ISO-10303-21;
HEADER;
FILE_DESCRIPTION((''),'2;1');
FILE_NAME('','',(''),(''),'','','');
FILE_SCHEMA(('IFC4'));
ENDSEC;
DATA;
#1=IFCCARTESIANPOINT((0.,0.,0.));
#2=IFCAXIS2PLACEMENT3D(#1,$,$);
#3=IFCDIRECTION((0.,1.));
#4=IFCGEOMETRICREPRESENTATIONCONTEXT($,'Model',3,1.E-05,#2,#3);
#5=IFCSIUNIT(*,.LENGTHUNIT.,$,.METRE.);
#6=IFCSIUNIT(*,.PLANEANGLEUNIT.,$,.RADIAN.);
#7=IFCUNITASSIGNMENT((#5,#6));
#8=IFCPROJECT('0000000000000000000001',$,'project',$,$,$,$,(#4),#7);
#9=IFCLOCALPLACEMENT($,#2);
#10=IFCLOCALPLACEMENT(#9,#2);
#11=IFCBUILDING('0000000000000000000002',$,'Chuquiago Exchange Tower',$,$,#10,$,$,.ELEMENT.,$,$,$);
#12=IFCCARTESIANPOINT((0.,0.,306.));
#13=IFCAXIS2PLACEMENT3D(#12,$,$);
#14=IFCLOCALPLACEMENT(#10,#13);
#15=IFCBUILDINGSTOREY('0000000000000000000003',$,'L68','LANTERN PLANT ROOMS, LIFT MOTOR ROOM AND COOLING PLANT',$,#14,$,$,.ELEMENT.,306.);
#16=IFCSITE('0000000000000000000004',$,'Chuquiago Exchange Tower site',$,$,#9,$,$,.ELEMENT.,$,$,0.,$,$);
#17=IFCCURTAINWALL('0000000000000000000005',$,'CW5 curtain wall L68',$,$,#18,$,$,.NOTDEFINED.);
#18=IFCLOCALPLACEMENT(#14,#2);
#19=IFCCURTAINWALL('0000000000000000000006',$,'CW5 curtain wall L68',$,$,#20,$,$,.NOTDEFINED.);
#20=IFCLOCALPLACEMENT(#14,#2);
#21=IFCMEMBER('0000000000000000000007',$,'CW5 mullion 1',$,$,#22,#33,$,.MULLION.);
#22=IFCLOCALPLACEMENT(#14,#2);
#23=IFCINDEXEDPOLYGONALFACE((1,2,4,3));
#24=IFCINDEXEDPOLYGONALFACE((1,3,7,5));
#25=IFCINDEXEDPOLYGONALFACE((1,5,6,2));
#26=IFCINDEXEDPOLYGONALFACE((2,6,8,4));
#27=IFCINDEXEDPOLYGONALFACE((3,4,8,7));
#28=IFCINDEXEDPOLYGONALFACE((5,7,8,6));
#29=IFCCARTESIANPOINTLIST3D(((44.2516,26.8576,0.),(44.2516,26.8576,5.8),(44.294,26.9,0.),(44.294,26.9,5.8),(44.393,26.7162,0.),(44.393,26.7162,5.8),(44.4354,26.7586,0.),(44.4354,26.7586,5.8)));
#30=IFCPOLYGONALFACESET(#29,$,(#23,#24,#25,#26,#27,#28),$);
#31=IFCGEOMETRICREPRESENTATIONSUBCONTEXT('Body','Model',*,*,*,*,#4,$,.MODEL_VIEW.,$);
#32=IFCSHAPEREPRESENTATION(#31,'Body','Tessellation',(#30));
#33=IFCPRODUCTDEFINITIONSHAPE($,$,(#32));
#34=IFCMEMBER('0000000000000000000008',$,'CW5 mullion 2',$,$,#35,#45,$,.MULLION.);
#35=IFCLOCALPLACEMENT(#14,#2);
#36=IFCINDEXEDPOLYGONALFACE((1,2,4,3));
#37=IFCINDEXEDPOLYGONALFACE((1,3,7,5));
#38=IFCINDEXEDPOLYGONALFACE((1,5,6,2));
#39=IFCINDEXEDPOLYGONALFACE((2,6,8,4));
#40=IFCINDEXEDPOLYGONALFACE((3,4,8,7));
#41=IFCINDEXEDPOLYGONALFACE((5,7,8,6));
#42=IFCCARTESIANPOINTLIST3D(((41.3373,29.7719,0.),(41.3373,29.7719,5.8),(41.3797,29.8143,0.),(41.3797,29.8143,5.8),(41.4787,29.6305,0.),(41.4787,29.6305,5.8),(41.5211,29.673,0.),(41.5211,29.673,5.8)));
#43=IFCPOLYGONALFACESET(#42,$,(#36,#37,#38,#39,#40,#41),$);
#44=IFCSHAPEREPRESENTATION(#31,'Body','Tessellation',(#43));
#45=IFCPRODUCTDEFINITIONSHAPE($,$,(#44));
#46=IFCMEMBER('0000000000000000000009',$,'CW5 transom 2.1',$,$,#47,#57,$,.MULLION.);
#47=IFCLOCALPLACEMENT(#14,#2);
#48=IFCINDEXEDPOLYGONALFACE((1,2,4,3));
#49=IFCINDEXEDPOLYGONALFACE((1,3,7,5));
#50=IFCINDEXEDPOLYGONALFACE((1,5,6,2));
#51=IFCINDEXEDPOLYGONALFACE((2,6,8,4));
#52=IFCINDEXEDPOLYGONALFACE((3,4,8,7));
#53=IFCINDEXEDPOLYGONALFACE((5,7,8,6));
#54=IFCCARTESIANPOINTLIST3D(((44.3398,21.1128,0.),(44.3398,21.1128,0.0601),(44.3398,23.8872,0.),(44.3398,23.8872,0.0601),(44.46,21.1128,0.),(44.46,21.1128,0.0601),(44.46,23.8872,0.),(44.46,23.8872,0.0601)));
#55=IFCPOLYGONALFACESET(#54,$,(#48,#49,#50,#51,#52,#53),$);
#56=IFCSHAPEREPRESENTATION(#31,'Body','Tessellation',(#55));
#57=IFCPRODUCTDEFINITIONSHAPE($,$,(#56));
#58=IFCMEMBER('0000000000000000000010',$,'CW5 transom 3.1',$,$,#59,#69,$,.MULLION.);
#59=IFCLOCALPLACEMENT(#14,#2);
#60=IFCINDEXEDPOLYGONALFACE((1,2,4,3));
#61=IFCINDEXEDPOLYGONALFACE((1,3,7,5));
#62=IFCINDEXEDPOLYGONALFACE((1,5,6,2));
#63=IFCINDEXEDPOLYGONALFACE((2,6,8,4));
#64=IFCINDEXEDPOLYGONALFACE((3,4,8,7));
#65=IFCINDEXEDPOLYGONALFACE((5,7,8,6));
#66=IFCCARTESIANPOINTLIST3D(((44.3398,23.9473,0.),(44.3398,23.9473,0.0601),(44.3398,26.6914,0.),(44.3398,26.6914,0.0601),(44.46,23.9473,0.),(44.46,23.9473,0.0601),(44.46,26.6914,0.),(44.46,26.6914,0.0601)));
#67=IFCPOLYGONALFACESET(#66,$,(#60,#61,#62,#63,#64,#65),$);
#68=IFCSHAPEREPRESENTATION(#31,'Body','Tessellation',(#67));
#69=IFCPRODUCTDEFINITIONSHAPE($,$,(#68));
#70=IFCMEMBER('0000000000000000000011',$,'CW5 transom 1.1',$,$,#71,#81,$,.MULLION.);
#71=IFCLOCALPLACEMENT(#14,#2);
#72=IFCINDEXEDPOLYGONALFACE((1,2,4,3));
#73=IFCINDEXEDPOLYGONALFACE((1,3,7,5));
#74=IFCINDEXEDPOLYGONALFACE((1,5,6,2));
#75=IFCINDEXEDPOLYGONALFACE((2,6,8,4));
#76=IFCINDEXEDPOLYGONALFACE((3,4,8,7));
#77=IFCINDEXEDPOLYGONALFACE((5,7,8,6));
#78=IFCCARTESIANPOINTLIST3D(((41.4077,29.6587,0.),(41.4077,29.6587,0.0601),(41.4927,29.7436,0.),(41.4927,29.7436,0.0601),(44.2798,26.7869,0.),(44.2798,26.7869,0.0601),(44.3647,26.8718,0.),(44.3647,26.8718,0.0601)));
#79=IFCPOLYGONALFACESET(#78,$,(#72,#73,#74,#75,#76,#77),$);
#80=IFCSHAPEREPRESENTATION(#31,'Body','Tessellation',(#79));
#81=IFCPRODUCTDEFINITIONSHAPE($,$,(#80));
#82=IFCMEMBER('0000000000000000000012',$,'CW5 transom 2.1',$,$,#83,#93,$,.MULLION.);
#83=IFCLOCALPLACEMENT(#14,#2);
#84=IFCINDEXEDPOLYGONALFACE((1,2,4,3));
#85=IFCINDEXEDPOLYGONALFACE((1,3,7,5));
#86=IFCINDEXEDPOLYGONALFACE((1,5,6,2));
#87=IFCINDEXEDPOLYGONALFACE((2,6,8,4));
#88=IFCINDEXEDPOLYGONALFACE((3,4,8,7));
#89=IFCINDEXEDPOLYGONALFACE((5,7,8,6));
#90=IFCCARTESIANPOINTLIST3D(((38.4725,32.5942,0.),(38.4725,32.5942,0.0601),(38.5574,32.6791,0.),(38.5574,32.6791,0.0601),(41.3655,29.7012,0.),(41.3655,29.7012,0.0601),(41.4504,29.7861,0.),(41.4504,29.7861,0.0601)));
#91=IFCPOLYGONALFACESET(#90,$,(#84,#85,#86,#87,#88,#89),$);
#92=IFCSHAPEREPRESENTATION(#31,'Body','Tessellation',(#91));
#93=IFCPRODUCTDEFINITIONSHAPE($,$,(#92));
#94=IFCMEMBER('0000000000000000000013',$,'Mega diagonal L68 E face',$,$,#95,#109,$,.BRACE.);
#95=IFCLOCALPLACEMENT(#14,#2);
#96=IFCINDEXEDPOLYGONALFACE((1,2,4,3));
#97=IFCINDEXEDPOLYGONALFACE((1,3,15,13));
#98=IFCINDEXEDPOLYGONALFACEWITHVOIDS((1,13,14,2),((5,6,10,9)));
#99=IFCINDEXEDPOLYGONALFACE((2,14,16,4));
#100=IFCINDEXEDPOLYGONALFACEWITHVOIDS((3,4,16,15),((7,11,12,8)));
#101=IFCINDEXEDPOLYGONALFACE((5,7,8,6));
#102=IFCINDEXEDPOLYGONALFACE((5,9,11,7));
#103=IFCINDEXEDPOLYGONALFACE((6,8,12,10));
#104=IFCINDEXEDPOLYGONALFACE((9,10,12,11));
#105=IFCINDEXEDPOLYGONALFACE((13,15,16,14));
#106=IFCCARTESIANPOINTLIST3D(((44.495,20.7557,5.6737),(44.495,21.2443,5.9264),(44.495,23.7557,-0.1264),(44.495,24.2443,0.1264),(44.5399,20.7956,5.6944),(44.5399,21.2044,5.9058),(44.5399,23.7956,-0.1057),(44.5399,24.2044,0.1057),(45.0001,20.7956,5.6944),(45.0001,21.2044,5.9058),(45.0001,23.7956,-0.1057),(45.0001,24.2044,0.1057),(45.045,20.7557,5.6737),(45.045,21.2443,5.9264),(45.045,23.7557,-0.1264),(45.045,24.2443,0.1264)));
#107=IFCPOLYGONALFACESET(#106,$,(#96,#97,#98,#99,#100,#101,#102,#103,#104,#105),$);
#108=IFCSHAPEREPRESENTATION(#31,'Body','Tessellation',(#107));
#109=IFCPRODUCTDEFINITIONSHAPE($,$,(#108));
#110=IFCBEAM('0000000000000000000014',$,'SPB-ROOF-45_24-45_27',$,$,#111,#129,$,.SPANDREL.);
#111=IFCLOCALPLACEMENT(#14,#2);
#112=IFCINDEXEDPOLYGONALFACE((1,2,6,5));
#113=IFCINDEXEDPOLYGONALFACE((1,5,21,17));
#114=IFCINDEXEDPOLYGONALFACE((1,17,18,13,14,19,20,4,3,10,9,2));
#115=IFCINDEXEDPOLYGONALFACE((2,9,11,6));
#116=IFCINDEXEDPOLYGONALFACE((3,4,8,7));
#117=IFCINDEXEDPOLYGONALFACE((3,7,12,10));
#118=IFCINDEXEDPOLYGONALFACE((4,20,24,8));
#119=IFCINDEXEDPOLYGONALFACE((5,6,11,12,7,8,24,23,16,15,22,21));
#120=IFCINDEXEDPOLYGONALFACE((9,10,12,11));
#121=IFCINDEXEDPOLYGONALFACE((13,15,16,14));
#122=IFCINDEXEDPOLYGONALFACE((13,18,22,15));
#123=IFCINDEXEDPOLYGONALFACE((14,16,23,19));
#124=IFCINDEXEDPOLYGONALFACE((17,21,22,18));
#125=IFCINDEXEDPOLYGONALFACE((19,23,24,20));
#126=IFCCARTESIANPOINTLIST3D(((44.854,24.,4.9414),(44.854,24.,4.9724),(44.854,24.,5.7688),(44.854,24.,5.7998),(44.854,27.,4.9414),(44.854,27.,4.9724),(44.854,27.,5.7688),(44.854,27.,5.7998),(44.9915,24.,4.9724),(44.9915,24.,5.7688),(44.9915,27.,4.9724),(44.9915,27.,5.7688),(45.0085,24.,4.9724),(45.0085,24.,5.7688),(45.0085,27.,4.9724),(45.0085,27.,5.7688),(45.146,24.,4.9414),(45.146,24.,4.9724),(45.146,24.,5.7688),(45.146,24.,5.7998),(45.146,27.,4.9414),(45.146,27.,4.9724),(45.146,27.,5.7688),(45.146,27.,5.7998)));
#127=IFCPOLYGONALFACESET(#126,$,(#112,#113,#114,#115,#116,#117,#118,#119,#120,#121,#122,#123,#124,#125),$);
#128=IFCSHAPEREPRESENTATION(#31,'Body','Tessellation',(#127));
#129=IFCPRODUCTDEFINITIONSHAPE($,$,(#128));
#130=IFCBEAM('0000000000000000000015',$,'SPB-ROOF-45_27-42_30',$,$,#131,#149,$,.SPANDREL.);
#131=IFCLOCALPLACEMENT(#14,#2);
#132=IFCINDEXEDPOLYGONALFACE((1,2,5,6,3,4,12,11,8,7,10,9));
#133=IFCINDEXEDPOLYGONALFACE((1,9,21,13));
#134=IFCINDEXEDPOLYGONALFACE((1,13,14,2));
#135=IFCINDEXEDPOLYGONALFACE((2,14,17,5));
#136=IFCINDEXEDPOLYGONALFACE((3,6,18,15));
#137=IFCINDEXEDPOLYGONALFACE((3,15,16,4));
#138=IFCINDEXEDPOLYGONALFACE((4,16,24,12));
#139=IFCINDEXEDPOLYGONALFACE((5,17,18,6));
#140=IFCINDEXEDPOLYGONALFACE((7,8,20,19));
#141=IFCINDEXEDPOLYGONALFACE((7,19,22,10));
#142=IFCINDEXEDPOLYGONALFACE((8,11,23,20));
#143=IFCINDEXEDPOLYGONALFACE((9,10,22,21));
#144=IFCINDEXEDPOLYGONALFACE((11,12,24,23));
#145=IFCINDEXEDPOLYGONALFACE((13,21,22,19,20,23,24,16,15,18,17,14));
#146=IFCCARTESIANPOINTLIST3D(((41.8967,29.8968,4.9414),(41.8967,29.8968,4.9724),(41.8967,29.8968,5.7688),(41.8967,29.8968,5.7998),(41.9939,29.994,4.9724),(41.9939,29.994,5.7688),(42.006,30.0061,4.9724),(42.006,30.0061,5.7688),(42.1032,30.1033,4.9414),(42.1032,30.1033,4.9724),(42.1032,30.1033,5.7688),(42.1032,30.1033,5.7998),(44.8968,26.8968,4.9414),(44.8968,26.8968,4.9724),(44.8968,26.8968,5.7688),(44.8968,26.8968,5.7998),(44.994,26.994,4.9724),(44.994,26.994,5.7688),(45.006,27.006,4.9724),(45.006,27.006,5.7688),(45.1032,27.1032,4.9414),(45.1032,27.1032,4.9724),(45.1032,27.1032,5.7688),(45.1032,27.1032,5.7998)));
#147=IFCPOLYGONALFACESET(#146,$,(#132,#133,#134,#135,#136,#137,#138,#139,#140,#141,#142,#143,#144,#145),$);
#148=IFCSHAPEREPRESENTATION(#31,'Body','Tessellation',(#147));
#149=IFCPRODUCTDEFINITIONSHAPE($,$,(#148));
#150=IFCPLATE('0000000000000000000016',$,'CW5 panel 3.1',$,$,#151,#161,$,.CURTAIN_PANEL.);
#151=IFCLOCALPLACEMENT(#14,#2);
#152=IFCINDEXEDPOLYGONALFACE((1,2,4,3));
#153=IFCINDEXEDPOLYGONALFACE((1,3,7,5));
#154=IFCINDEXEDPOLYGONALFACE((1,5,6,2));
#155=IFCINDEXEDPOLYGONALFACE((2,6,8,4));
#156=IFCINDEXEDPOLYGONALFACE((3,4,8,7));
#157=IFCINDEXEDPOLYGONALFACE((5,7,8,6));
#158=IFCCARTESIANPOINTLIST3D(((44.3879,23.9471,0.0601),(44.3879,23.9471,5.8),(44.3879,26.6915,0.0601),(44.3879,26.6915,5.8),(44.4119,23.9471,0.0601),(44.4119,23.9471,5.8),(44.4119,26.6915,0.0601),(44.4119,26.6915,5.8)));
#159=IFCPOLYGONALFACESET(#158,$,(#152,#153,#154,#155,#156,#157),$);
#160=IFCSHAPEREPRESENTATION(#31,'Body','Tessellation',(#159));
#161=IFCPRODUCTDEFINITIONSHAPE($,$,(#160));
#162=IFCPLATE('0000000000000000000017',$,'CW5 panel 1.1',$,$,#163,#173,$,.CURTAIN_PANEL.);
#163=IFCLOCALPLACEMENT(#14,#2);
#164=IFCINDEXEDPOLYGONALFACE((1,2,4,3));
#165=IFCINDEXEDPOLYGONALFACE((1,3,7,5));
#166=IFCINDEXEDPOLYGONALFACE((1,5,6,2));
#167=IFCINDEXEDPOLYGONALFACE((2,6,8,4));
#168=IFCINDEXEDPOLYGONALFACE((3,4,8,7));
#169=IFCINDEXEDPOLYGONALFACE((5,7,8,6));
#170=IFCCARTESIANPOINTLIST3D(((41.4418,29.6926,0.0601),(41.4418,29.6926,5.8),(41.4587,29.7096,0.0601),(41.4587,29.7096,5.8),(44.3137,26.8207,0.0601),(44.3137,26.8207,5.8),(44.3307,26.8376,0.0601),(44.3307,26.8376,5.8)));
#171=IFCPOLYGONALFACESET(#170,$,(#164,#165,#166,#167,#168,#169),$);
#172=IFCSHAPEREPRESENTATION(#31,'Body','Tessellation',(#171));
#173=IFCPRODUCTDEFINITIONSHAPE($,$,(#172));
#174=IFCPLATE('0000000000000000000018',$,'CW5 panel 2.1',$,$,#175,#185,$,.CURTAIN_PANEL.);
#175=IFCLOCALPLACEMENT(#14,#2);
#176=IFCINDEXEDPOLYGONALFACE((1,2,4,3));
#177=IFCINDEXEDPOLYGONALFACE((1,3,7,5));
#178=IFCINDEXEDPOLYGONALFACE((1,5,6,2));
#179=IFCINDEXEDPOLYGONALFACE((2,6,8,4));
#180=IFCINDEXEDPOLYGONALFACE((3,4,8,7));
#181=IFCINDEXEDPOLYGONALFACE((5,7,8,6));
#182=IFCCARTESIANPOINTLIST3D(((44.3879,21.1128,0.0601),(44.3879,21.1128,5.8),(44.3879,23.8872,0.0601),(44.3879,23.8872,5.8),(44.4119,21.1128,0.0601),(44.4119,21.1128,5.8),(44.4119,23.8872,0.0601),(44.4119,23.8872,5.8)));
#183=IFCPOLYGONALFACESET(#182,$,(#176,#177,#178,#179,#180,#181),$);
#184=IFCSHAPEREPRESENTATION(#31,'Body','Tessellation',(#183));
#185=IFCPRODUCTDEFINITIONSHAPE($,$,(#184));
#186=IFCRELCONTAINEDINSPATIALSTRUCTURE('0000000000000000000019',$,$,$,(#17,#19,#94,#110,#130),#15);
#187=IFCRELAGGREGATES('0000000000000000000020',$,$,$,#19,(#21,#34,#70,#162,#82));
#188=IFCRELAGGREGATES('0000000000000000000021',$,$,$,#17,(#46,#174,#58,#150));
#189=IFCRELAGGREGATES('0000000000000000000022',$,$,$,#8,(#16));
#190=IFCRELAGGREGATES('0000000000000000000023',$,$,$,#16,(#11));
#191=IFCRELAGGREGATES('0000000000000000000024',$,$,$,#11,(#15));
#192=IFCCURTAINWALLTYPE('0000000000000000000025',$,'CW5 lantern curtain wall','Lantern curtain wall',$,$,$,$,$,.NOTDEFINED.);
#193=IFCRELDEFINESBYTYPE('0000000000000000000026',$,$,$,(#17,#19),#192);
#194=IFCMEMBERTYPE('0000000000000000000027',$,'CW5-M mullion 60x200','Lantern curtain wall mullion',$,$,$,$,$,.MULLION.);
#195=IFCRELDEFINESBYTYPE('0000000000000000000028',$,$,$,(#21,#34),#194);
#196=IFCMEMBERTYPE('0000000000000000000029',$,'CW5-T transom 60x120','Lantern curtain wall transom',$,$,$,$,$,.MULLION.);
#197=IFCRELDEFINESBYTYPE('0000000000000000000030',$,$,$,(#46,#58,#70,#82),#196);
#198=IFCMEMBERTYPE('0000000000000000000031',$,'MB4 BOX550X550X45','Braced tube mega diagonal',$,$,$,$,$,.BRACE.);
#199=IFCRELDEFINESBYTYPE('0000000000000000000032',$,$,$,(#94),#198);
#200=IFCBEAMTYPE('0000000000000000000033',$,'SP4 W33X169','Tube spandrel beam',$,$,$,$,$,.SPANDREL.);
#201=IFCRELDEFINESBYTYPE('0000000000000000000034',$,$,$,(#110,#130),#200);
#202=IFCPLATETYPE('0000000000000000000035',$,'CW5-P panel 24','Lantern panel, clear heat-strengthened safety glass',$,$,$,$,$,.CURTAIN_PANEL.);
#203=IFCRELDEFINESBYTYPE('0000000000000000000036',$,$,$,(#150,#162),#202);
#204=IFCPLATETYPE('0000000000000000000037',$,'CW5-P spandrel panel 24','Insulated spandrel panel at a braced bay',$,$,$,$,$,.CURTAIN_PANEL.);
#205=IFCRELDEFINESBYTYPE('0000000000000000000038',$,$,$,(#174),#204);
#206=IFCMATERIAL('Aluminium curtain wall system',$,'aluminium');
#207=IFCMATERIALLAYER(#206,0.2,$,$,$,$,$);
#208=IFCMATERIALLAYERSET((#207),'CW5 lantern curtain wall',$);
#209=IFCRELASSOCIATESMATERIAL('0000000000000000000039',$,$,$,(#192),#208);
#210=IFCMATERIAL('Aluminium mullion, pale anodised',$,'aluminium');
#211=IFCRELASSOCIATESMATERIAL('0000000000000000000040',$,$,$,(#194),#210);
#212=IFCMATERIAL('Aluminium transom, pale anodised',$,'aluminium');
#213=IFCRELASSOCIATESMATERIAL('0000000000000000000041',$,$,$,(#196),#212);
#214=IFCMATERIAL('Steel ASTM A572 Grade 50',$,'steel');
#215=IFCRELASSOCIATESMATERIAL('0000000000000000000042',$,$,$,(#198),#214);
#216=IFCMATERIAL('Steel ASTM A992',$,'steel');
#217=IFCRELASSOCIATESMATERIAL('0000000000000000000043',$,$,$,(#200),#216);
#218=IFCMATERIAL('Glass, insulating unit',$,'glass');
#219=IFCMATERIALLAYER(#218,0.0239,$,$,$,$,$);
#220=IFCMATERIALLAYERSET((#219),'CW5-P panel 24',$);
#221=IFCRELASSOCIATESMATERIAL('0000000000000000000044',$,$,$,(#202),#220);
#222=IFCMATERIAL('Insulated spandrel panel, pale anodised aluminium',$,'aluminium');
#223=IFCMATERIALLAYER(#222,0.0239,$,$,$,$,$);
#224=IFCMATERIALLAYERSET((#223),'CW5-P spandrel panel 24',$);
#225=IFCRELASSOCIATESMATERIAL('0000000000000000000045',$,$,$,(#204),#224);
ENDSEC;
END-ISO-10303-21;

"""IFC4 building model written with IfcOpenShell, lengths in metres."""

from ifc_helpers import new_model, si_unit, direction, frame, origin, origin_2d, place, context, subcontext, project, spatial, rectangle, hollow_rectangle, i_section, extrude, material, layer, layer_set, material_profile, profile_set, type_object, element, aggregate, save


model = new_model("IFC4")

# Units and contexts
model_context = context("Model", 3, precision=1e-05, world=origin(), true_north=direction((0.0, 1.0)))
body_context = subcontext(model_context, "Body", "Model", "MODEL_VIEW")
ifc_project = project(units=[si_unit("LENGTHUNIT", "METRE"), si_unit("PLANEANGLEUNIT", "RADIAN")], contexts=[model_context])

# Site, building, storey
site_placement = place(None, origin())
site = spatial("IfcSite", under=ifc_project, at=site_placement, Name="Chuquiago Exchange Tower site", CompositionType="ELEMENT", RefElevation=0.0)
building_placement = place(site_placement, origin())
building = spatial("IfcBuilding", under=site, at=building_placement, Name="Chuquiago Exchange Tower", CompositionType="ELEMENT")
storey_placement = place(building_placement, frame((0.0, 0.0, 306.0)))
storey = spatial("IfcBuildingStorey", under=building, at=storey_placement, Name="L68", Description="LANTERN PLANT ROOMS, LIFT MOTOR ROOM AND COOLING PLANT", CompositionType="ELEMENT", Elevation=306.0)

# Curtain walls, members
ifc_material_1 = material(Name="Aluminium curtain wall system", Category="aluminium")
ifc_layer_1 = layer(ifc_material_1, 0.2)
ifc_layer_set_1 = layer_set([ifc_layer_1], Name="CW5 lantern curtain wall")
curtain_wall_type = type_object("IfcCurtainWallType", Name="CW5 lantern curtain wall", Description="Lantern curtain wall", PredefinedType="NOTDEFINED", material=ifc_layer_set_1)
curtain_wall_1_placement = place(storey_placement, origin())
curtain_wall_1 = element("IfcCurtainWall", 1, at=curtain_wall_1_placement, inside=storey, type_object=curtain_wall_type, Name="CW5 curtain wall L68", PredefinedType="NOTDEFINED")
ifc_material_2 = material(Name="Aluminium mullion, pale anodised", Category="aluminium")
ifc_material_profile_1 = material_profile(ifc_material_2, rectangle(XDim=0.0601, YDim=0.2, at=origin_2d()), Name="AL 60x200")
ifc_profile_set_1 = profile_set([ifc_material_profile_1], Name="Aluminium mullion, pale anodised")
member_type_1 = type_object("IfcMemberType", Name="CW5-M mullion 60x200", Description="Lantern curtain wall mullion", PredefinedType="MULLION", material=ifc_profile_set_1)
curtain_wall_2_placement = place(storey_placement, origin())
curtain_wall_2 = element("IfcCurtainWall", 2, at=curtain_wall_2_placement, inside=storey, type_object=curtain_wall_type, Name="CW5 curtain wall L68", PredefinedType="NOTDEFINED")
member_1_placement = place(storey_placement, frame((44.3435, 26.8081, 0.0), z_axis=(0.0, 0.0, 1.0), x_axis=(-0.707109, -0.707105, 0.0)))
member_1 = element("IfcMember", 3, at=member_1_placement, type_object=member_type_1, Name="CW5 mullion 1", PredefinedType="MULLION", context=body_context, shape_type="SweptSolid", body=[
    extrude(rectangle(XDim=0.0601, YDim=0.2, at=origin_2d()), origin(), (0.0, 0.0, 1.0), 5.8),
])
member_2_placement = place(storey_placement, frame((41.4292, 29.7224, 0.0), z_axis=(0.0, 0.0, 1.0), x_axis=(-0.707109, -0.707105, 0.0)))
member_2 = element("IfcMember", 4, at=member_2_placement, type_object=member_type_1, Name="CW5 mullion 2", PredefinedType="MULLION", context=body_context, shape_type="SweptSolid", body=[
    extrude(rectangle(XDim=0.0601, YDim=0.2, at=origin_2d()), origin(), (0.0, 0.0, 1.0), 5.8),
])

# Members
ifc_material_3 = material(Name="Aluminium transom, pale anodised", Category="aluminium")
ifc_material_profile_2 = material_profile(ifc_material_3, rectangle(XDim=0.1201, YDim=0.0601, at=origin_2d()), Name="AL 120x60")
ifc_profile_set_2 = profile_set([ifc_material_profile_2], Name="Aluminium transom, pale anodised")
member_type_2 = type_object("IfcMemberType", Name="CW5-T transom 60x120", Description="Lantern curtain wall transom", PredefinedType="MULLION", material=ifc_profile_set_2)
member_3_placement = place(storey_placement, frame((44.3999, 21.1128, 0.03), z_axis=(0.0, 1.0, 0.0), x_axis=(-1.0, 0.0, 0.0)))
member_3 = element("IfcMember", 5, at=member_3_placement, type_object=member_type_2, Name="CW5 transom 2.1", PredefinedType="MULLION", context=body_context, shape_type="SweptSolid", body=[
    extrude(rectangle(XDim=0.1201, YDim=0.0601, at=origin_2d()), origin(), (0.0, 0.0, 1.0), 2.7744),
])
member_4_placement = place(storey_placement, frame((44.3999, 23.9473, 0.03), z_axis=(0.0, 1.0, 0.0), x_axis=(-1.0, 0.0, 0.0)))
member_4 = element("IfcMember", 6, at=member_4_placement, type_object=member_type_2, Name="CW5 transom 3.1", PredefinedType="MULLION", context=body_context, shape_type="SweptSolid", body=[
    extrude(rectangle(XDim=0.1201, YDim=0.0601, at=origin_2d()), origin(), (0.0, 0.0, 1.0), 2.7441),
])
member_5_placement = place(storey_placement, frame((44.3223, 26.8293, 0.03), z_axis=(-0.707137, 0.707077, 0.0), x_axis=(-0.707077, -0.707137, 0.0)))
member_5 = element("IfcMember", 7, at=member_5_placement, type_object=member_type_2, Name="CW5 transom 1.1", PredefinedType="MULLION", context=body_context, shape_type="SweptSolid", body=[
    extrude(rectangle(XDim=0.1201, YDim=0.0601, at=origin_2d()), origin(), (0.0, 0.0, 1.0), 4.0615),
])
member_6_placement = place(storey_placement, frame((41.408, 29.7437, 0.03), z_axis=(-0.707107, 0.707107, 0.0), x_axis=(-0.707107, -0.707107, 0.0)))
member_6 = element("IfcMember", 8, at=member_6_placement, type_object=member_type_2, Name="CW5 transom 2.1", PredefinedType="MULLION", context=body_context, shape_type="SweptSolid", body=[
    extrude(rectangle(XDim=0.1201, YDim=0.0601, at=origin_2d()), origin(), (0.0, 0.0, 1.0), 4.0913),
])
ifc_material_4 = material(Name="Steel ASTM A572 Grade 50", Category="steel")
ifc_material_profile_3 = material_profile(ifc_material_4, hollow_rectangle(XDim=0.55, YDim=0.55, WallThickness=0.0449, at=origin_2d()), Name="BOX550X550X45")
ifc_profile_set_3 = profile_set([ifc_material_profile_3], Name="Steel ASTM A572 Grade 50")
member_type_3 = type_object("IfcMemberType", Name="MB4 BOX550X550X45", Description="Braced tube mega diagonal", PredefinedType="BRACE", material=ifc_profile_set_3)
member_7_placement = place(storey_placement, frame((44.77, 24.0, 0.0), z_axis=(0.0, -0.45942, 0.888219), x_axis=(1.0, 0.0, 0.0)))
element("IfcMember", 9, at=member_7_placement, inside=storey, type_object=member_type_3, Name="Mega diagonal L68 E face", PredefinedType="BRACE", context=body_context, shape_type="SweptSolid", body=[
    extrude(hollow_rectangle(XDim=0.55, YDim=0.55, WallThickness=0.0449, at=origin_2d()), origin(), (0.0, 0.0, 1.0), 6.53),
])

# Beams
ifc_material_5 = material(Name="Steel ASTM A992", Category="steel")
ifc_material_profile_4 = material_profile(ifc_material_5, i_section(OverallWidth=0.292, OverallDepth=0.8584, WebThickness=0.0171, FlangeThickness=0.031, at=origin_2d()), Name="W33X169")
ifc_profile_set_4 = profile_set([ifc_material_profile_4], Name="Steel ASTM A992")
beam_type_1 = type_object("IfcBeamType", Name="SP4 W33X169", Description="Tube spandrel beam", PredefinedType="SPANDREL", material=ifc_profile_set_4)
beam_1_placement = place(storey_placement, frame((45.0, 24.0, 5.3706), z_axis=(0.0, 1.0, 0.0), x_axis=(-1.0, 0.0, 0.0)))
element("IfcBeam", 10, at=beam_1_placement, inside=storey, type_object=beam_type_1, Name="SPB-ROOF-45_24-45_27", PredefinedType="SPANDREL", context=body_context, shape_type="SweptSolid", body=[
    extrude(i_section(OverallWidth=0.292, OverallDepth=0.8584, WebThickness=0.0171, FlangeThickness=0.031, at=origin_2d()), origin(), (0.0, 0.0, 1.0), 3.0),
])
beam_2_placement = place(storey_placement, frame((45.0, 27.0, 5.3706), z_axis=(-0.707107, 0.707107, 0.0), x_axis=(-0.707107, -0.707107, 0.0)))
element("IfcBeam", 11, at=beam_2_placement, inside=storey, type_object=beam_type_1, Name="SPB-ROOF-45_27-42_30", PredefinedType="SPANDREL", context=body_context, shape_type="SweptSolid", body=[
    extrude(i_section(OverallWidth=0.292, OverallDepth=0.8584, WebThickness=0.0171, FlangeThickness=0.031, at=origin_2d()), origin(), (0.0, 0.0, 1.0), 4.2427),
])

# Plates
ifc_material_6 = material(Name="Glass, insulating unit", Category="glass")
ifc_layer_2 = layer(ifc_material_6, 0.0239)
ifc_layer_set_2 = layer_set([ifc_layer_2], Name="CW5-P panel 24")
plate_type_1 = type_object("IfcPlateType", Name="CW5-P panel 24", Description="Lantern panel, clear heat-strengthened safety glass", PredefinedType="CURTAIN_PANEL", material=ifc_layer_set_2)
plate_1_placement = place(storey_placement, frame((44.3999, 25.3193, 0.0601), z_axis=(0.0, 0.0, 1.0), x_axis=(0.0, 1.0, 0.0)))
plate_1 = element("IfcPlate", 12, at=plate_1_placement, type_object=plate_type_1, Name="CW5 panel 3.1", PredefinedType="CURTAIN_PANEL", context=body_context, shape_type="SweptSolid", body=[
    extrude(rectangle(XDim=2.7444, YDim=0.0239, at=origin_2d()), origin(), (0.0, 0.0, 1.0), 5.74),
])
plate_2_placement = place(storey_placement, frame((42.8862, 28.2651, 0.0601), z_axis=(0.0, 0.0, 1.0), x_axis=(-0.707105, 0.707109, 0.0)))
plate_2 = element("IfcPlate", 13, at=plate_2_placement, type_object=plate_type_1, Name="CW5 panel 1.1", PredefinedType="CURTAIN_PANEL", context=body_context, shape_type="SweptSolid", body=[
    extrude(rectangle(XDim=4.0615, YDim=0.0239, at=origin_2d()), origin(), (0.0, 0.0, 1.0), 5.74),
])
aggregate(curtain_wall_2, [member_1, member_2, member_5, plate_2, member_6])
ifc_material_7 = material(Name="Insulated spandrel panel, pale anodised aluminium", Category="aluminium")
ifc_layer_3 = layer(ifc_material_7, 0.0239)
ifc_layer_set_3 = layer_set([ifc_layer_3], Name="CW5-P spandrel panel 24")
plate_type_2 = type_object("IfcPlateType", Name="CW5-P spandrel panel 24", Description="Insulated spandrel panel at a braced bay", PredefinedType="CURTAIN_PANEL", material=ifc_layer_set_3)
plate_3_placement = place(storey_placement, frame((44.3999, 22.5, 0.0601), z_axis=(0.0, 0.0, 1.0), x_axis=(0.0, 1.0, 0.0)))
plate_3 = element("IfcPlate", 14, at=plate_3_placement, type_object=plate_type_2, Name="CW5 panel 2.1", PredefinedType="CURTAIN_PANEL", context=body_context, shape_type="SweptSolid", body=[
    extrude(rectangle(XDim=2.7744, YDim=0.0239, at=origin_2d()), origin(), (0.0, 0.0, 1.0), 5.74),
])
aggregate(curtain_wall_1, [member_3, plate_3, member_4, plate_1])

save(model, "model.ifc")
